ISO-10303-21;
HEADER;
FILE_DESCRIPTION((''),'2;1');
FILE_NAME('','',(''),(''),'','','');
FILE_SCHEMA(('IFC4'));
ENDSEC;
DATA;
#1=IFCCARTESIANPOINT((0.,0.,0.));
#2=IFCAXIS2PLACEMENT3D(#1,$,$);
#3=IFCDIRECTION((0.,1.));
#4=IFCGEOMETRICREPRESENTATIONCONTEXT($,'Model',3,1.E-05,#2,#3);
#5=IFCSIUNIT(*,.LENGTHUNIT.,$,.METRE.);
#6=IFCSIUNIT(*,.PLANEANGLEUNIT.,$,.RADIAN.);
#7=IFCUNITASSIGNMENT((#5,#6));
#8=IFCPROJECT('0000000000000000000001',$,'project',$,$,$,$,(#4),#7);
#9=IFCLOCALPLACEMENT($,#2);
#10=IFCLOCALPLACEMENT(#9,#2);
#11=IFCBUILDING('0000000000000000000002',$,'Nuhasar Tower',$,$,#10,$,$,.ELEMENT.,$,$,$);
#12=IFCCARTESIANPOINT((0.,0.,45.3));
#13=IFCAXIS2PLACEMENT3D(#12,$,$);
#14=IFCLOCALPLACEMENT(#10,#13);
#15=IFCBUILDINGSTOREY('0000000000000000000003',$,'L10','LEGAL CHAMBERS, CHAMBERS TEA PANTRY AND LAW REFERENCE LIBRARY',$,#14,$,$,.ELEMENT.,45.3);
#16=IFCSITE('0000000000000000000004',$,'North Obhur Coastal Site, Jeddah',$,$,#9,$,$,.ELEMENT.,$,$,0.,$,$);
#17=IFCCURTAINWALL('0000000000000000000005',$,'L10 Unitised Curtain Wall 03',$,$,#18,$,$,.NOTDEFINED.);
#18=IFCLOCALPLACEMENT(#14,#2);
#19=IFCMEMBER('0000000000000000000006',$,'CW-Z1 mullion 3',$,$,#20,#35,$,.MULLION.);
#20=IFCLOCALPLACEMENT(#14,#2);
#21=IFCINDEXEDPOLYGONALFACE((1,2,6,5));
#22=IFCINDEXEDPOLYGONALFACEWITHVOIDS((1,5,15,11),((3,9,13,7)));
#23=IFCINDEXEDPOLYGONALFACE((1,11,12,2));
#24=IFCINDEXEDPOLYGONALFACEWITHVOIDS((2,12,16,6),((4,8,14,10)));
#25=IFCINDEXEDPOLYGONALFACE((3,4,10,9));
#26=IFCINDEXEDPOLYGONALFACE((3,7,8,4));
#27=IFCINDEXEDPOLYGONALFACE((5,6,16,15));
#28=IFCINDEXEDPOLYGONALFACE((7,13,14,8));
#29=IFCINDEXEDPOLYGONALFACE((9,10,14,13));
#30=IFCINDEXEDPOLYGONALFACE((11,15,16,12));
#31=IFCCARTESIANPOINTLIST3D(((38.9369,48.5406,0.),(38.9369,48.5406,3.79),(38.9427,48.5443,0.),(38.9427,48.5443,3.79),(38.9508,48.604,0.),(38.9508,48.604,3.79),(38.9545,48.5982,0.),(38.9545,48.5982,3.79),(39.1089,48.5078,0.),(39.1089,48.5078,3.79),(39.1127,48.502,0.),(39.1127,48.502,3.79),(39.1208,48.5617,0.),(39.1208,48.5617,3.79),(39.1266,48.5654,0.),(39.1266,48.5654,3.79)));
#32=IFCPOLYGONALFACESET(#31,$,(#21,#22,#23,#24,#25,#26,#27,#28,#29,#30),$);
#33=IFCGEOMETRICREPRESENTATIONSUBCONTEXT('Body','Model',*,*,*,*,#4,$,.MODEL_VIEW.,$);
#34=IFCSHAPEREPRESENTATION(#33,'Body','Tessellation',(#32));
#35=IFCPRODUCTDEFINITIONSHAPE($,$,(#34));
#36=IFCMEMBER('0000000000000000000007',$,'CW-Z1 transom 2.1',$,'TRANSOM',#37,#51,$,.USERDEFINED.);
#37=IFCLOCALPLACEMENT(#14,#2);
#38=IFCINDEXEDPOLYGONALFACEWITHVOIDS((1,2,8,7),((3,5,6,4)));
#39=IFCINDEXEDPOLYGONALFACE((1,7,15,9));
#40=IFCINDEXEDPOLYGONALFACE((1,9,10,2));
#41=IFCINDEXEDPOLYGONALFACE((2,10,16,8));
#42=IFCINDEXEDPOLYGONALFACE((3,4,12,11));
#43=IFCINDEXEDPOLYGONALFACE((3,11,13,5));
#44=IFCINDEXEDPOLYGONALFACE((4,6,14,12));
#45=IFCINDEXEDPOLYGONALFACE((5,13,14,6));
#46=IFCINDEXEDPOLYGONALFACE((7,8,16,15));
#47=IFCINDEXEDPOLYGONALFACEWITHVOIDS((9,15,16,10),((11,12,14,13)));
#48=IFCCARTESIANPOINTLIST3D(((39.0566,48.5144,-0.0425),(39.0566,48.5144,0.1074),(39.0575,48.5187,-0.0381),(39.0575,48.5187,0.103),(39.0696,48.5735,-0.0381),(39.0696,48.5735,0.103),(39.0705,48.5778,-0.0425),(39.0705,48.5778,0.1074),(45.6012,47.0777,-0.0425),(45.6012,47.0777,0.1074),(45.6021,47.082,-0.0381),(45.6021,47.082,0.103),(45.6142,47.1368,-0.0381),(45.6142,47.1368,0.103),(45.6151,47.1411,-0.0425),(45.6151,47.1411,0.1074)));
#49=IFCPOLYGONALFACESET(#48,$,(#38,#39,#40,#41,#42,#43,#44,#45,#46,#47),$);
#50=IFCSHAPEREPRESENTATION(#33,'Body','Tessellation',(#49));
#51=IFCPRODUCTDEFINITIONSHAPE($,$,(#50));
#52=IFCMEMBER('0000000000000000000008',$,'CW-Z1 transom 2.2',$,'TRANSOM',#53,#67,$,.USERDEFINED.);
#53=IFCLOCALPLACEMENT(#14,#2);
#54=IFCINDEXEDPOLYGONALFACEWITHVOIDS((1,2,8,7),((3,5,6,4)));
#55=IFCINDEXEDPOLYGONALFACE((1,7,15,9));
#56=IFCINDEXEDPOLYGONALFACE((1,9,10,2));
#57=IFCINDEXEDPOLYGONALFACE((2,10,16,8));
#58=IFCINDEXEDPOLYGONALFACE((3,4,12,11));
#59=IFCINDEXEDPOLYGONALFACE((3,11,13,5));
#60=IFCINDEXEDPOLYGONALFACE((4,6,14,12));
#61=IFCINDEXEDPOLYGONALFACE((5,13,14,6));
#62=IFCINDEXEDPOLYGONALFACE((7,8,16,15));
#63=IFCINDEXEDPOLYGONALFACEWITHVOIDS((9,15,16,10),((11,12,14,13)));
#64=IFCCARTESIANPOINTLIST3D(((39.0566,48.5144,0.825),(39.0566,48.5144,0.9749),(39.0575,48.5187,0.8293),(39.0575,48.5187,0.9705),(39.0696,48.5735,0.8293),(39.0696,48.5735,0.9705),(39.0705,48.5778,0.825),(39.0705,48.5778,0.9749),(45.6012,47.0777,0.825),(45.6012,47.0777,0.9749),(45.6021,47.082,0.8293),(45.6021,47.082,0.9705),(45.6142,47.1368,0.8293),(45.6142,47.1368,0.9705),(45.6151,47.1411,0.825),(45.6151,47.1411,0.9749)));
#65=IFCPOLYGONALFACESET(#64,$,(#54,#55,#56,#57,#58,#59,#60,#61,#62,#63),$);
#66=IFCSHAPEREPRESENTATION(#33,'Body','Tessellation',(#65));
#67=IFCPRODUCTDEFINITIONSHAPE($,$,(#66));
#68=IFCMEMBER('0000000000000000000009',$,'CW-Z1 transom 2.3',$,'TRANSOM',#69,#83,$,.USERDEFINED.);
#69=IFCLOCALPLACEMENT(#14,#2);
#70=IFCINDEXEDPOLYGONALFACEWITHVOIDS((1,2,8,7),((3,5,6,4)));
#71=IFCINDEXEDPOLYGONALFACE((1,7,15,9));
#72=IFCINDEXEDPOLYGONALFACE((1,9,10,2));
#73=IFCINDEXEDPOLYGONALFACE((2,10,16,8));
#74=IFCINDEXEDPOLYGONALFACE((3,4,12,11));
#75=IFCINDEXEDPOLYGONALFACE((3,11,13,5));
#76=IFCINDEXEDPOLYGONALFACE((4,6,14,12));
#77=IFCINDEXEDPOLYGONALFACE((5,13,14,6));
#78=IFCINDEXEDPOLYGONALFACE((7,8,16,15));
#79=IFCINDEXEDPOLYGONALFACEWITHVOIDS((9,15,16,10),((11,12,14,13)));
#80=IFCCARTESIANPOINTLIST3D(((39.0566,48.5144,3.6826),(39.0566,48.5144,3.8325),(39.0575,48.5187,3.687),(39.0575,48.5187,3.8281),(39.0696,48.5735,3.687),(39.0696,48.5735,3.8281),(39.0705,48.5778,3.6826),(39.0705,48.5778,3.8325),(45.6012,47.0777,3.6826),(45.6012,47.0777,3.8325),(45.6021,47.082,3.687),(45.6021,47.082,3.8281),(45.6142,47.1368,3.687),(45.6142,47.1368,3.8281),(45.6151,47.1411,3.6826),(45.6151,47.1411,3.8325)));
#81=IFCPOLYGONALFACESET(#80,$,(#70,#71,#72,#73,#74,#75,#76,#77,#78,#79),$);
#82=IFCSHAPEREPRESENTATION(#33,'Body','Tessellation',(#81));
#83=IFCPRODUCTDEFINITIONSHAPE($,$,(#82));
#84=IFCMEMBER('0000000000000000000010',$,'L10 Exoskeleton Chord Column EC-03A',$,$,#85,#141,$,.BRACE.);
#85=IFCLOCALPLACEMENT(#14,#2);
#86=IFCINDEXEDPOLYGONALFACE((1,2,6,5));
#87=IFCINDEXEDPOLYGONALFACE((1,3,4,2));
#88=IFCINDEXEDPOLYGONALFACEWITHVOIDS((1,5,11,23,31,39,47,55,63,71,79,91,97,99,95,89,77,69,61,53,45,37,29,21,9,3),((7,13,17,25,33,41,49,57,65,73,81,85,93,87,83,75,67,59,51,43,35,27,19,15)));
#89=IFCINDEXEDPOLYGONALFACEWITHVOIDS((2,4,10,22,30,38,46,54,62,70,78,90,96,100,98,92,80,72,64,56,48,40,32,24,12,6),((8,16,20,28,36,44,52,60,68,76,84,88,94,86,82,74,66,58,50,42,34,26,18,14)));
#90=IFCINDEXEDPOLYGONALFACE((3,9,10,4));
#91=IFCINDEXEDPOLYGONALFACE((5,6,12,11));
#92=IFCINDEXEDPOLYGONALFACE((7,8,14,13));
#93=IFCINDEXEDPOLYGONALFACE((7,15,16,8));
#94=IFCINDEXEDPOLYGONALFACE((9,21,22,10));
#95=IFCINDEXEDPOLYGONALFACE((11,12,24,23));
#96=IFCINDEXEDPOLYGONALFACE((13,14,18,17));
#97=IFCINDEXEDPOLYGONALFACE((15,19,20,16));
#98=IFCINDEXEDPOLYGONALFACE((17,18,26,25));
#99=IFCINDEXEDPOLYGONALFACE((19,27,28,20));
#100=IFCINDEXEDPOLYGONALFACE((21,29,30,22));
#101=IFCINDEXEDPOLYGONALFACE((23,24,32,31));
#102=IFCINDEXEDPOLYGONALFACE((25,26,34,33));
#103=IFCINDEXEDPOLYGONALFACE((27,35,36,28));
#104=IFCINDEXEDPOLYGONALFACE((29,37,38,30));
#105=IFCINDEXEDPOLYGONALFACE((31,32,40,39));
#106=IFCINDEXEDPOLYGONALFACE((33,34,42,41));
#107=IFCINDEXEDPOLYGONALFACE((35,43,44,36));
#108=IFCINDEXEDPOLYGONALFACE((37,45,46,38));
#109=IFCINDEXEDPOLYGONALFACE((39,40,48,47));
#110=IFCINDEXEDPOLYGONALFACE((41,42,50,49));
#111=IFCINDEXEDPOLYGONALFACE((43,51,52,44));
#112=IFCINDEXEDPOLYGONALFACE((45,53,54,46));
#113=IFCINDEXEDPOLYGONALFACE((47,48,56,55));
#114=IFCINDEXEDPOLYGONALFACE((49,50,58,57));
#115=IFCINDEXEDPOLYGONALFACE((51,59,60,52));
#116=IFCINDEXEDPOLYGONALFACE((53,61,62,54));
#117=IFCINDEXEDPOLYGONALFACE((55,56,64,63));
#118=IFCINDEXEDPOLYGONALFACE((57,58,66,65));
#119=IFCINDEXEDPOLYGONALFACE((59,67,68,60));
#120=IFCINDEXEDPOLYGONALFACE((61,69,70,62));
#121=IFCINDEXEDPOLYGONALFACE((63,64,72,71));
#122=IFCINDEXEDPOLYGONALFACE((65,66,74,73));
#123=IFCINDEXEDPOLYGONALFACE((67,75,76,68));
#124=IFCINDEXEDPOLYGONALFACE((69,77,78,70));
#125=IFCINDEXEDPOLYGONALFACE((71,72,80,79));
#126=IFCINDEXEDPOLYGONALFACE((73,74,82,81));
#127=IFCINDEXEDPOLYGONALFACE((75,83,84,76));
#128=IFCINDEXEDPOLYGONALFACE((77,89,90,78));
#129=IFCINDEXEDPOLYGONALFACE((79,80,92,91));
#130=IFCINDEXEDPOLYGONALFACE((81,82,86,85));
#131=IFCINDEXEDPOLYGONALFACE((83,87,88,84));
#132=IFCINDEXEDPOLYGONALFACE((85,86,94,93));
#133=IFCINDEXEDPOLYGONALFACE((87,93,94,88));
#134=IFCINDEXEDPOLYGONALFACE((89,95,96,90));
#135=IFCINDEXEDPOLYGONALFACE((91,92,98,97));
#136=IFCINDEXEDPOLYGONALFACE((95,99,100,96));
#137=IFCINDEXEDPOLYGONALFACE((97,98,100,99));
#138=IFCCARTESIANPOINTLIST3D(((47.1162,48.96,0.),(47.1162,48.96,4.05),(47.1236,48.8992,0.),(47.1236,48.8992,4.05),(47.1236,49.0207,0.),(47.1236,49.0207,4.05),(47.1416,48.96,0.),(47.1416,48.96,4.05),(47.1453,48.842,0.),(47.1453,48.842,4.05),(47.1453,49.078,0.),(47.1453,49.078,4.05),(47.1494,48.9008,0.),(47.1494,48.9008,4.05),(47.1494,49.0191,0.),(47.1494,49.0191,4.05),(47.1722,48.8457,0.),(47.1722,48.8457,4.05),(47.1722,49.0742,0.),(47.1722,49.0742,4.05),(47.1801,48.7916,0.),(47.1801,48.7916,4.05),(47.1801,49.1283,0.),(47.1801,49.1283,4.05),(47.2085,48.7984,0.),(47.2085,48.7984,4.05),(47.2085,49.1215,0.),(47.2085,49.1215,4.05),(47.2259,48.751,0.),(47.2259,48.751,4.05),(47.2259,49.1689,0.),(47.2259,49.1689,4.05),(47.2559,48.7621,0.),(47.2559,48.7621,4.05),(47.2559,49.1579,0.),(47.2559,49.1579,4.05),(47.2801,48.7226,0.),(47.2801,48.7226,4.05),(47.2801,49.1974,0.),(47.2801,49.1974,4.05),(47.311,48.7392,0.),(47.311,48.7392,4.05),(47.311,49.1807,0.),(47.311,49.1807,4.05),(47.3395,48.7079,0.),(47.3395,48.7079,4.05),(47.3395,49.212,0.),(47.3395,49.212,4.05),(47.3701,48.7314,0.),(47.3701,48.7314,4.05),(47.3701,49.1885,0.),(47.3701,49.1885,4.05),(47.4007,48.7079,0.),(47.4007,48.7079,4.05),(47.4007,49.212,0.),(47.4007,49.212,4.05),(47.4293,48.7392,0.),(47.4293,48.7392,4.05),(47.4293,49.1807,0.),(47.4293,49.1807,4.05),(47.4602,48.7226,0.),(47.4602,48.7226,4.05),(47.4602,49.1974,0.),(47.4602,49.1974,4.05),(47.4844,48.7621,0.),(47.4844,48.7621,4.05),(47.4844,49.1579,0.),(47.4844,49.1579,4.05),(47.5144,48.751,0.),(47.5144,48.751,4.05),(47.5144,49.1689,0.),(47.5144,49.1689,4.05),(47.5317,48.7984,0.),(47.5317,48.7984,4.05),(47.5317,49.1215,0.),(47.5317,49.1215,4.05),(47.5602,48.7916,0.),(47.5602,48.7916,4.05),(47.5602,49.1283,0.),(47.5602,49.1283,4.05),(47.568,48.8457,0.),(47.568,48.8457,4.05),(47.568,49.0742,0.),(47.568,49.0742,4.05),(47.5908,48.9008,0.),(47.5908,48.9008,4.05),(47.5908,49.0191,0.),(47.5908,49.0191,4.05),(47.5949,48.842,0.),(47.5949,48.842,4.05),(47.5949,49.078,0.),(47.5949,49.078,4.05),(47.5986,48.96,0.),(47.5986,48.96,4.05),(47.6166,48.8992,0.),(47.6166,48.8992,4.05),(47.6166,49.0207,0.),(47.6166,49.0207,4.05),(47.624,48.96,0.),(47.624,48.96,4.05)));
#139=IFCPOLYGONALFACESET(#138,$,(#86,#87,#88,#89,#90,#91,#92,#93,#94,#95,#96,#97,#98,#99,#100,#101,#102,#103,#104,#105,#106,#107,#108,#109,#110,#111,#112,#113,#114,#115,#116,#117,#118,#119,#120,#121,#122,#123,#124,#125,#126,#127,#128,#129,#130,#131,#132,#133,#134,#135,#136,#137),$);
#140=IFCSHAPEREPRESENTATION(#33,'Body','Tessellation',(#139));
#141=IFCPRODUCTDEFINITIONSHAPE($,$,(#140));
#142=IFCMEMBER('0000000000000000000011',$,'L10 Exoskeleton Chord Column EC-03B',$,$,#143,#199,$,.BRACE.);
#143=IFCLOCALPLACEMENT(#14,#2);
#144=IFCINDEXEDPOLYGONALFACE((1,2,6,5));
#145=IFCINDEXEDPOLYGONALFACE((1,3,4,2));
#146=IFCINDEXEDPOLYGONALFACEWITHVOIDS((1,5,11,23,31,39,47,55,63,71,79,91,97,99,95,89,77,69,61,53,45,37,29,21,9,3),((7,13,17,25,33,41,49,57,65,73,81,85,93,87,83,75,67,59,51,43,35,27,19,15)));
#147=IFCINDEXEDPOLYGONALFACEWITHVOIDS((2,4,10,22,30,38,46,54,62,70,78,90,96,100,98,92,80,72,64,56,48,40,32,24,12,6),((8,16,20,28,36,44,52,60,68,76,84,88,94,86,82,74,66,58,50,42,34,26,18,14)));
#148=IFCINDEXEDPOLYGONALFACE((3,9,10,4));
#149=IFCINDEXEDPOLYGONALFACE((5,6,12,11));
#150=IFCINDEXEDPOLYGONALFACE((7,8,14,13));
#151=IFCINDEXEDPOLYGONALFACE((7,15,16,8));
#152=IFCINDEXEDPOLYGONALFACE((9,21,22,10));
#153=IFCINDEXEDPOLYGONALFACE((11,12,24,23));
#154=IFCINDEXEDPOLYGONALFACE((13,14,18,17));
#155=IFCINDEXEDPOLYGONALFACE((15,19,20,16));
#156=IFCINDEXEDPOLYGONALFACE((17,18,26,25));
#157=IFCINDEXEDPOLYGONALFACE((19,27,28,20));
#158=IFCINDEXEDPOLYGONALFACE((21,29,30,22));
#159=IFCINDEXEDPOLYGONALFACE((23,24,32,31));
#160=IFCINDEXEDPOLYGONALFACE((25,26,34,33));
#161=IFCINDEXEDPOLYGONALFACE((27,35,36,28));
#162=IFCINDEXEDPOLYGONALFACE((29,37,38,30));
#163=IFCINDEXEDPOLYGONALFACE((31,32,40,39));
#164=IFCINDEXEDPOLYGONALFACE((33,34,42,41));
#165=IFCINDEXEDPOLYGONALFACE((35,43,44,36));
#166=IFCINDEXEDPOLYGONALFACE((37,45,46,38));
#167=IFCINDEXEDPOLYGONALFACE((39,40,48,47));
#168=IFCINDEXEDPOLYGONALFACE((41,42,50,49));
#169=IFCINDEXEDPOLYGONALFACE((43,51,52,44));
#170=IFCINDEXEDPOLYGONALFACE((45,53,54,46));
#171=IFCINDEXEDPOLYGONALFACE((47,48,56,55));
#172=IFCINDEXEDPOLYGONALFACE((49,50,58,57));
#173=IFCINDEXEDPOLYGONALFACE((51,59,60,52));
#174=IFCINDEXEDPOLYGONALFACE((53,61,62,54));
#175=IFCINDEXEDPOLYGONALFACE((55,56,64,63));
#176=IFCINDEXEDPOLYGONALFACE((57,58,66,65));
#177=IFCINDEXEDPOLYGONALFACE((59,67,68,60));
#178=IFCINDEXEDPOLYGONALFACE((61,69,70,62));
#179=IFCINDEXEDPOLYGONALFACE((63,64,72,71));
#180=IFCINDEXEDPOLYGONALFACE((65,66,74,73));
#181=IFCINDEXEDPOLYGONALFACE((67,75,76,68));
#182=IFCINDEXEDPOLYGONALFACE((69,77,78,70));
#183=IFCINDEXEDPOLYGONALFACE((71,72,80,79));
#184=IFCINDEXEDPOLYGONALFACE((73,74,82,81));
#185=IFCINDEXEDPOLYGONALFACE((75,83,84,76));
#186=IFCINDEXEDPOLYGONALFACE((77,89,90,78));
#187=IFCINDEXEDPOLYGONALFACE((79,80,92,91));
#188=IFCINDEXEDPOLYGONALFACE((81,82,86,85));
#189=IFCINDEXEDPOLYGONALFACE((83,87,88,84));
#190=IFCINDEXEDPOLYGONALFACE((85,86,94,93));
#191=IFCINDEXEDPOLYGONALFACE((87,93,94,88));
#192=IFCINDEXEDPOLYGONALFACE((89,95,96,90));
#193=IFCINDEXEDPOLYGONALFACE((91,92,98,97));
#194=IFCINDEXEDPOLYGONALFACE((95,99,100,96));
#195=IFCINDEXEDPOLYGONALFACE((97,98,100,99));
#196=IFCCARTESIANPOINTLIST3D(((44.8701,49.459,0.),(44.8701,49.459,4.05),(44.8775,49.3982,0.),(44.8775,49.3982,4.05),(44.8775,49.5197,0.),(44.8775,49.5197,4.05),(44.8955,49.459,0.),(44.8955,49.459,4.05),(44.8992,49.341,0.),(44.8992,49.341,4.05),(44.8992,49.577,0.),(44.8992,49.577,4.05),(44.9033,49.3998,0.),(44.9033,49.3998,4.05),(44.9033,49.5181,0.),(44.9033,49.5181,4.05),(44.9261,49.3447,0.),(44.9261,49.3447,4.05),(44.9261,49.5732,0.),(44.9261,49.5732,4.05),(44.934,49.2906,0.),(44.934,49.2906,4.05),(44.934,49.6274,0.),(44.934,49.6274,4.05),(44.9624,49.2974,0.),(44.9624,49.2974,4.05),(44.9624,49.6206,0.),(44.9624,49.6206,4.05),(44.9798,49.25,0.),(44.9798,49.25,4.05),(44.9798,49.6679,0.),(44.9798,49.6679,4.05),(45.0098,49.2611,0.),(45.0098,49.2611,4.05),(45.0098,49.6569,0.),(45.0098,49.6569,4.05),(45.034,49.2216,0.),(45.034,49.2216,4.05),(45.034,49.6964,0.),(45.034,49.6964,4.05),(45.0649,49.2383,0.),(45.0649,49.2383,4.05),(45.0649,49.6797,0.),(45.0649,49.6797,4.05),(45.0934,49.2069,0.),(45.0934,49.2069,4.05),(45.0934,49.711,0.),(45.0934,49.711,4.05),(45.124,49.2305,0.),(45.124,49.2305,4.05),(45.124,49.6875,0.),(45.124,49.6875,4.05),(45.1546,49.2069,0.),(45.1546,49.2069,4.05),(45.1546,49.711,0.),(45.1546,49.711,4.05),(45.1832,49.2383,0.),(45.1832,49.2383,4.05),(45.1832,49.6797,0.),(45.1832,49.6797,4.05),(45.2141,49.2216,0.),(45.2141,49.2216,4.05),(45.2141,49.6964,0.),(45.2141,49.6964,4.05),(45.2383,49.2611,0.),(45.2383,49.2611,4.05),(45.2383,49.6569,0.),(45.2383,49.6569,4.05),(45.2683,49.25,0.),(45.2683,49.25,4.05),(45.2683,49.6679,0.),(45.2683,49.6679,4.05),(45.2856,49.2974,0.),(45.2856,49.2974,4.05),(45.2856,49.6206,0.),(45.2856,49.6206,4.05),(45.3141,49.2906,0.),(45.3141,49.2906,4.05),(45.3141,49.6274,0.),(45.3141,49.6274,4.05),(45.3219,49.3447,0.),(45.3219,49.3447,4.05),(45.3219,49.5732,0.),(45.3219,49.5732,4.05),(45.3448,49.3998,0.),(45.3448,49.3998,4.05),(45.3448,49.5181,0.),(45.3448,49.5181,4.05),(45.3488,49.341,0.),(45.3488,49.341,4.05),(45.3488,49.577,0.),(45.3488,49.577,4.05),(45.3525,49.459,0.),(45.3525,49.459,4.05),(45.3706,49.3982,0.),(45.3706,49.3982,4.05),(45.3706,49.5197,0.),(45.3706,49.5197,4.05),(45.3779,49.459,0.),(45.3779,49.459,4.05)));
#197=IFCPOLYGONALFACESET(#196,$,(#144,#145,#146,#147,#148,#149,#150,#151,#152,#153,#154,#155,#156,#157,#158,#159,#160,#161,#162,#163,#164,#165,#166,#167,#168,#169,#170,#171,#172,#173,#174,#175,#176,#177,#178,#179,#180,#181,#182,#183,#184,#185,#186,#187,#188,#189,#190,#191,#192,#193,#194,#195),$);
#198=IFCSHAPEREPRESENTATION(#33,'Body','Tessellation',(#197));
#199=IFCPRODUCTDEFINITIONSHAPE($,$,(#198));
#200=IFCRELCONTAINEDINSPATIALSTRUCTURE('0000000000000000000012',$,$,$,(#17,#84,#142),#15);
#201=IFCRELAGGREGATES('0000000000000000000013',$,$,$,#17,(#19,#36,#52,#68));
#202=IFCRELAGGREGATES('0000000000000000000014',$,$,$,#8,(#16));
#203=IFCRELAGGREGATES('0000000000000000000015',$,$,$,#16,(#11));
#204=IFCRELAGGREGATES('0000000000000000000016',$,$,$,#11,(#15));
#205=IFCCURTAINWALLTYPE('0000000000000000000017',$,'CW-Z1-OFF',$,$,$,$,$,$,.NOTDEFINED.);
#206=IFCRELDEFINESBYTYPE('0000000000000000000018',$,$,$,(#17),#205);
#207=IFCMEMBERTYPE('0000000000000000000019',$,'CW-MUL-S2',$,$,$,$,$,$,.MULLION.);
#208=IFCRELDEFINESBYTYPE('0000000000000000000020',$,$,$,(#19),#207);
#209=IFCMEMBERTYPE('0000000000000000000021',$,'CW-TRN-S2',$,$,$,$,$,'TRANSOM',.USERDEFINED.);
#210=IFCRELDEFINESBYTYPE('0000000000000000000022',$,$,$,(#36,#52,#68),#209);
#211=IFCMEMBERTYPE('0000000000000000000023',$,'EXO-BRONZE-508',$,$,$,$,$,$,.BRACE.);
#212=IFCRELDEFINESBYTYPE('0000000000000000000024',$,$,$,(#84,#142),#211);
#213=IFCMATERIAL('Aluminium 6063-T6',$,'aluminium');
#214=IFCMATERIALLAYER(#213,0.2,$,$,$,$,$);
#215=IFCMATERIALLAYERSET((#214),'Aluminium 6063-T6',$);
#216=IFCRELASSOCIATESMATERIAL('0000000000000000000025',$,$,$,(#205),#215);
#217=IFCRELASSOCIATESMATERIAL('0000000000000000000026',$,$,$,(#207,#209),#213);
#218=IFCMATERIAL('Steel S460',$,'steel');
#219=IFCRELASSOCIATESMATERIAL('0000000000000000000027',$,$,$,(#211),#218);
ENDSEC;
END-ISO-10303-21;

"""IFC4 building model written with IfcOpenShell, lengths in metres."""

from ifc_helpers import new_model, si_unit, direction, frame, origin, origin_2d, place, context, subcontext, project, spatial, hollow_rectangle, hollow_circle, extrude, material, layer, layer_set, material_profile, profile_set, type_object, element, aggregate, save


model = new_model("IFC4")

# Units and contexts
model_context = context("Model", 3, precision=1e-05, world=origin(), true_north=direction((0.0, 1.0)))
body_context = subcontext(model_context, "Body", "Model", "MODEL_VIEW")
ifc_project = project(units=[si_unit("LENGTHUNIT", "METRE"), si_unit("PLANEANGLEUNIT", "RADIAN")], contexts=[model_context])

# Site, building, storey
site_placement = place(None, origin())
site = spatial("IfcSite", under=ifc_project, at=site_placement, Name="North Obhur Coastal Site, Jeddah", CompositionType="ELEMENT", RefElevation=0.0)
building_placement = place(site_placement, origin())
building = spatial("IfcBuilding", under=site, at=building_placement, Name="Nuhasar Tower", CompositionType="ELEMENT")
storey_placement = place(building_placement, frame((0.0, 0.0, 45.3)))
storey = spatial("IfcBuildingStorey", under=building, at=storey_placement, Name="L10", Description="LEGAL CHAMBERS, CHAMBERS TEA PANTRY AND LAW REFERENCE LIBRARY", CompositionType="ELEMENT", Elevation=45.3)

# Curtain wall, members
ifc_material_1 = material(Name="Aluminium 6063-T6", Category="aluminium")
ifc_layer_1 = layer(ifc_material_1, 0.2)
ifc_layer_set_1 = layer_set([ifc_layer_1], Name="Aluminium 6063-T6")
curtain_wall_type = type_object("IfcCurtainWallType", Name="CW-Z1-OFF", PredefinedType="NOTDEFINED", material=ifc_layer_set_1)
curtain_wall_placement = place(storey_placement, origin())
curtain_wall = element("IfcCurtainWall", 1, at=curtain_wall_placement, inside=storey, type_object=curtain_wall_type, Name="L10 Unitised Curtain Wall 03", PredefinedType="NOTDEFINED")
ifc_material_profile_1 = material_profile(ifc_material_1, hollow_rectangle(XDim=0.0649, YDim=0.1799, WallThickness=0.0049, at=origin_2d()), Name="CWM-2")
ifc_profile_set_1 = profile_set([ifc_material_profile_1], Name="Aluminium 6063-T6")
member_type_1 = type_object("IfcMemberType", Name="CW-MUL-S2", PredefinedType="MULLION", material=ifc_profile_set_1)
member_1_placement = place(storey_placement, frame((39.0317, 48.553, 0.0), z_axis=(0.0, 0.0, 1.0), x_axis=(-0.214399, -0.976746, 0.0)))
member_1 = element("IfcMember", 2, at=member_1_placement, type_object=member_type_1, Name="CW-Z1 mullion 3", PredefinedType="MULLION", context=body_context, shape_type="SweptSolid", body=[
    extrude(hollow_rectangle(XDim=0.0649, YDim=0.1799, WallThickness=0.0049, at=origin_2d()), origin(), (0.0, 0.0, 1.0), 3.79),
])
ifc_material_profile_2 = material_profile(ifc_material_1, hollow_rectangle(XDim=0.0649, YDim=0.1499, WallThickness=0.0044, at=origin_2d()), Name="CWT-2")
ifc_profile_set_2 = profile_set([ifc_material_profile_2], Name="Aluminium 6063-T6")
member_type_2 = type_object("IfcMemberType", Name="CW-TRN-S2", ElementType="TRANSOM", PredefinedType="USERDEFINED", material=ifc_profile_set_2)
member_2_placement = place(storey_placement, frame((45.6082, 47.1094, 0.0325), z_axis=(-0.97674, 0.214426, 0.0), x_axis=(-0.214426, -0.97674, 0.0)))
member_2 = element("IfcMember", 3, at=member_2_placement, type_object=member_type_2, Name="CW-Z1 transom 2.1", ObjectType="TRANSOM", PredefinedType="USERDEFINED", context=body_context, shape_type="SweptSolid", body=[
    extrude(hollow_rectangle(XDim=0.0649, YDim=0.1499, WallThickness=0.0044, at=origin_2d()), origin(), (0.0, 0.0, 1.0), 6.7004),
])
member_3_placement = place(storey_placement, frame((45.6082, 47.1094, 0.8999), z_axis=(-0.97674, 0.214426, 0.0), x_axis=(-0.214426, -0.97674, 0.0)))
member_3 = element("IfcMember", 4, at=member_3_placement, type_object=member_type_2, Name="CW-Z1 transom 2.2", ObjectType="TRANSOM", PredefinedType="USERDEFINED", context=body_context, shape_type="SweptSolid", body=[
    extrude(hollow_rectangle(XDim=0.0649, YDim=0.1499, WallThickness=0.0044, at=origin_2d()), origin(), (0.0, 0.0, 1.0), 6.7004),
])
member_4_placement = place(storey_placement, frame((45.6082, 47.1094, 3.7576), z_axis=(-0.97674, 0.214426, 0.0), x_axis=(-0.214426, -0.97674, 0.0)))
member_4 = element("IfcMember", 5, at=member_4_placement, type_object=member_type_2, Name="CW-Z1 transom 2.3", ObjectType="TRANSOM", PredefinedType="USERDEFINED", context=body_context, shape_type="SweptSolid", body=[
    extrude(hollow_rectangle(XDim=0.0649, YDim=0.1499, WallThickness=0.0044, at=origin_2d()), origin(), (0.0, 0.0, 1.0), 6.7004),
])

# Members
ifc_material_2 = material(Name="Steel S460", Category="steel")
ifc_material_profile_3 = material_profile(ifc_material_2, hollow_circle(Radius=0.2539, WallThickness=0.0254, at=origin_2d()), Name="HSS508X25.4")
ifc_profile_set_3 = profile_set([ifc_material_profile_3], Name="Steel S460")
member_type_3 = type_object("IfcMemberType", Name="EXO-BRONZE-508", PredefinedType="BRACE", material=ifc_profile_set_3)
for number, where, z_axis, x_axis, name in (
    (6, (47.3701, 48.96, 0.0), (0.0, 0.0, 1.0), (1.0, 0.0, 0.0), "L10 Exoskeleton Chord Column EC-03A"),
    (7, (45.124, 49.459, 0.0), (0.0, 0.0, 1.0), (1.0, 0.0, 0.0), "L10 Exoskeleton Chord Column EC-03B"),
):
    element("IfcMember", number, at=place(storey_placement, frame(where, z_axis=z_axis, x_axis=x_axis)), inside=storey, type_object=member_type_3, Name=name, PredefinedType="BRACE", context=body_context, shape_type="SweptSolid", body=[
        extrude(hollow_circle(Radius=0.2539, WallThickness=0.0254, at=origin_2d()), origin(), (0.0, 0.0, 1.0), 4.05),
    ])

aggregate(curtain_wall, [member_1, member_2, member_3, member_4])

save(model, "model.ifc")
